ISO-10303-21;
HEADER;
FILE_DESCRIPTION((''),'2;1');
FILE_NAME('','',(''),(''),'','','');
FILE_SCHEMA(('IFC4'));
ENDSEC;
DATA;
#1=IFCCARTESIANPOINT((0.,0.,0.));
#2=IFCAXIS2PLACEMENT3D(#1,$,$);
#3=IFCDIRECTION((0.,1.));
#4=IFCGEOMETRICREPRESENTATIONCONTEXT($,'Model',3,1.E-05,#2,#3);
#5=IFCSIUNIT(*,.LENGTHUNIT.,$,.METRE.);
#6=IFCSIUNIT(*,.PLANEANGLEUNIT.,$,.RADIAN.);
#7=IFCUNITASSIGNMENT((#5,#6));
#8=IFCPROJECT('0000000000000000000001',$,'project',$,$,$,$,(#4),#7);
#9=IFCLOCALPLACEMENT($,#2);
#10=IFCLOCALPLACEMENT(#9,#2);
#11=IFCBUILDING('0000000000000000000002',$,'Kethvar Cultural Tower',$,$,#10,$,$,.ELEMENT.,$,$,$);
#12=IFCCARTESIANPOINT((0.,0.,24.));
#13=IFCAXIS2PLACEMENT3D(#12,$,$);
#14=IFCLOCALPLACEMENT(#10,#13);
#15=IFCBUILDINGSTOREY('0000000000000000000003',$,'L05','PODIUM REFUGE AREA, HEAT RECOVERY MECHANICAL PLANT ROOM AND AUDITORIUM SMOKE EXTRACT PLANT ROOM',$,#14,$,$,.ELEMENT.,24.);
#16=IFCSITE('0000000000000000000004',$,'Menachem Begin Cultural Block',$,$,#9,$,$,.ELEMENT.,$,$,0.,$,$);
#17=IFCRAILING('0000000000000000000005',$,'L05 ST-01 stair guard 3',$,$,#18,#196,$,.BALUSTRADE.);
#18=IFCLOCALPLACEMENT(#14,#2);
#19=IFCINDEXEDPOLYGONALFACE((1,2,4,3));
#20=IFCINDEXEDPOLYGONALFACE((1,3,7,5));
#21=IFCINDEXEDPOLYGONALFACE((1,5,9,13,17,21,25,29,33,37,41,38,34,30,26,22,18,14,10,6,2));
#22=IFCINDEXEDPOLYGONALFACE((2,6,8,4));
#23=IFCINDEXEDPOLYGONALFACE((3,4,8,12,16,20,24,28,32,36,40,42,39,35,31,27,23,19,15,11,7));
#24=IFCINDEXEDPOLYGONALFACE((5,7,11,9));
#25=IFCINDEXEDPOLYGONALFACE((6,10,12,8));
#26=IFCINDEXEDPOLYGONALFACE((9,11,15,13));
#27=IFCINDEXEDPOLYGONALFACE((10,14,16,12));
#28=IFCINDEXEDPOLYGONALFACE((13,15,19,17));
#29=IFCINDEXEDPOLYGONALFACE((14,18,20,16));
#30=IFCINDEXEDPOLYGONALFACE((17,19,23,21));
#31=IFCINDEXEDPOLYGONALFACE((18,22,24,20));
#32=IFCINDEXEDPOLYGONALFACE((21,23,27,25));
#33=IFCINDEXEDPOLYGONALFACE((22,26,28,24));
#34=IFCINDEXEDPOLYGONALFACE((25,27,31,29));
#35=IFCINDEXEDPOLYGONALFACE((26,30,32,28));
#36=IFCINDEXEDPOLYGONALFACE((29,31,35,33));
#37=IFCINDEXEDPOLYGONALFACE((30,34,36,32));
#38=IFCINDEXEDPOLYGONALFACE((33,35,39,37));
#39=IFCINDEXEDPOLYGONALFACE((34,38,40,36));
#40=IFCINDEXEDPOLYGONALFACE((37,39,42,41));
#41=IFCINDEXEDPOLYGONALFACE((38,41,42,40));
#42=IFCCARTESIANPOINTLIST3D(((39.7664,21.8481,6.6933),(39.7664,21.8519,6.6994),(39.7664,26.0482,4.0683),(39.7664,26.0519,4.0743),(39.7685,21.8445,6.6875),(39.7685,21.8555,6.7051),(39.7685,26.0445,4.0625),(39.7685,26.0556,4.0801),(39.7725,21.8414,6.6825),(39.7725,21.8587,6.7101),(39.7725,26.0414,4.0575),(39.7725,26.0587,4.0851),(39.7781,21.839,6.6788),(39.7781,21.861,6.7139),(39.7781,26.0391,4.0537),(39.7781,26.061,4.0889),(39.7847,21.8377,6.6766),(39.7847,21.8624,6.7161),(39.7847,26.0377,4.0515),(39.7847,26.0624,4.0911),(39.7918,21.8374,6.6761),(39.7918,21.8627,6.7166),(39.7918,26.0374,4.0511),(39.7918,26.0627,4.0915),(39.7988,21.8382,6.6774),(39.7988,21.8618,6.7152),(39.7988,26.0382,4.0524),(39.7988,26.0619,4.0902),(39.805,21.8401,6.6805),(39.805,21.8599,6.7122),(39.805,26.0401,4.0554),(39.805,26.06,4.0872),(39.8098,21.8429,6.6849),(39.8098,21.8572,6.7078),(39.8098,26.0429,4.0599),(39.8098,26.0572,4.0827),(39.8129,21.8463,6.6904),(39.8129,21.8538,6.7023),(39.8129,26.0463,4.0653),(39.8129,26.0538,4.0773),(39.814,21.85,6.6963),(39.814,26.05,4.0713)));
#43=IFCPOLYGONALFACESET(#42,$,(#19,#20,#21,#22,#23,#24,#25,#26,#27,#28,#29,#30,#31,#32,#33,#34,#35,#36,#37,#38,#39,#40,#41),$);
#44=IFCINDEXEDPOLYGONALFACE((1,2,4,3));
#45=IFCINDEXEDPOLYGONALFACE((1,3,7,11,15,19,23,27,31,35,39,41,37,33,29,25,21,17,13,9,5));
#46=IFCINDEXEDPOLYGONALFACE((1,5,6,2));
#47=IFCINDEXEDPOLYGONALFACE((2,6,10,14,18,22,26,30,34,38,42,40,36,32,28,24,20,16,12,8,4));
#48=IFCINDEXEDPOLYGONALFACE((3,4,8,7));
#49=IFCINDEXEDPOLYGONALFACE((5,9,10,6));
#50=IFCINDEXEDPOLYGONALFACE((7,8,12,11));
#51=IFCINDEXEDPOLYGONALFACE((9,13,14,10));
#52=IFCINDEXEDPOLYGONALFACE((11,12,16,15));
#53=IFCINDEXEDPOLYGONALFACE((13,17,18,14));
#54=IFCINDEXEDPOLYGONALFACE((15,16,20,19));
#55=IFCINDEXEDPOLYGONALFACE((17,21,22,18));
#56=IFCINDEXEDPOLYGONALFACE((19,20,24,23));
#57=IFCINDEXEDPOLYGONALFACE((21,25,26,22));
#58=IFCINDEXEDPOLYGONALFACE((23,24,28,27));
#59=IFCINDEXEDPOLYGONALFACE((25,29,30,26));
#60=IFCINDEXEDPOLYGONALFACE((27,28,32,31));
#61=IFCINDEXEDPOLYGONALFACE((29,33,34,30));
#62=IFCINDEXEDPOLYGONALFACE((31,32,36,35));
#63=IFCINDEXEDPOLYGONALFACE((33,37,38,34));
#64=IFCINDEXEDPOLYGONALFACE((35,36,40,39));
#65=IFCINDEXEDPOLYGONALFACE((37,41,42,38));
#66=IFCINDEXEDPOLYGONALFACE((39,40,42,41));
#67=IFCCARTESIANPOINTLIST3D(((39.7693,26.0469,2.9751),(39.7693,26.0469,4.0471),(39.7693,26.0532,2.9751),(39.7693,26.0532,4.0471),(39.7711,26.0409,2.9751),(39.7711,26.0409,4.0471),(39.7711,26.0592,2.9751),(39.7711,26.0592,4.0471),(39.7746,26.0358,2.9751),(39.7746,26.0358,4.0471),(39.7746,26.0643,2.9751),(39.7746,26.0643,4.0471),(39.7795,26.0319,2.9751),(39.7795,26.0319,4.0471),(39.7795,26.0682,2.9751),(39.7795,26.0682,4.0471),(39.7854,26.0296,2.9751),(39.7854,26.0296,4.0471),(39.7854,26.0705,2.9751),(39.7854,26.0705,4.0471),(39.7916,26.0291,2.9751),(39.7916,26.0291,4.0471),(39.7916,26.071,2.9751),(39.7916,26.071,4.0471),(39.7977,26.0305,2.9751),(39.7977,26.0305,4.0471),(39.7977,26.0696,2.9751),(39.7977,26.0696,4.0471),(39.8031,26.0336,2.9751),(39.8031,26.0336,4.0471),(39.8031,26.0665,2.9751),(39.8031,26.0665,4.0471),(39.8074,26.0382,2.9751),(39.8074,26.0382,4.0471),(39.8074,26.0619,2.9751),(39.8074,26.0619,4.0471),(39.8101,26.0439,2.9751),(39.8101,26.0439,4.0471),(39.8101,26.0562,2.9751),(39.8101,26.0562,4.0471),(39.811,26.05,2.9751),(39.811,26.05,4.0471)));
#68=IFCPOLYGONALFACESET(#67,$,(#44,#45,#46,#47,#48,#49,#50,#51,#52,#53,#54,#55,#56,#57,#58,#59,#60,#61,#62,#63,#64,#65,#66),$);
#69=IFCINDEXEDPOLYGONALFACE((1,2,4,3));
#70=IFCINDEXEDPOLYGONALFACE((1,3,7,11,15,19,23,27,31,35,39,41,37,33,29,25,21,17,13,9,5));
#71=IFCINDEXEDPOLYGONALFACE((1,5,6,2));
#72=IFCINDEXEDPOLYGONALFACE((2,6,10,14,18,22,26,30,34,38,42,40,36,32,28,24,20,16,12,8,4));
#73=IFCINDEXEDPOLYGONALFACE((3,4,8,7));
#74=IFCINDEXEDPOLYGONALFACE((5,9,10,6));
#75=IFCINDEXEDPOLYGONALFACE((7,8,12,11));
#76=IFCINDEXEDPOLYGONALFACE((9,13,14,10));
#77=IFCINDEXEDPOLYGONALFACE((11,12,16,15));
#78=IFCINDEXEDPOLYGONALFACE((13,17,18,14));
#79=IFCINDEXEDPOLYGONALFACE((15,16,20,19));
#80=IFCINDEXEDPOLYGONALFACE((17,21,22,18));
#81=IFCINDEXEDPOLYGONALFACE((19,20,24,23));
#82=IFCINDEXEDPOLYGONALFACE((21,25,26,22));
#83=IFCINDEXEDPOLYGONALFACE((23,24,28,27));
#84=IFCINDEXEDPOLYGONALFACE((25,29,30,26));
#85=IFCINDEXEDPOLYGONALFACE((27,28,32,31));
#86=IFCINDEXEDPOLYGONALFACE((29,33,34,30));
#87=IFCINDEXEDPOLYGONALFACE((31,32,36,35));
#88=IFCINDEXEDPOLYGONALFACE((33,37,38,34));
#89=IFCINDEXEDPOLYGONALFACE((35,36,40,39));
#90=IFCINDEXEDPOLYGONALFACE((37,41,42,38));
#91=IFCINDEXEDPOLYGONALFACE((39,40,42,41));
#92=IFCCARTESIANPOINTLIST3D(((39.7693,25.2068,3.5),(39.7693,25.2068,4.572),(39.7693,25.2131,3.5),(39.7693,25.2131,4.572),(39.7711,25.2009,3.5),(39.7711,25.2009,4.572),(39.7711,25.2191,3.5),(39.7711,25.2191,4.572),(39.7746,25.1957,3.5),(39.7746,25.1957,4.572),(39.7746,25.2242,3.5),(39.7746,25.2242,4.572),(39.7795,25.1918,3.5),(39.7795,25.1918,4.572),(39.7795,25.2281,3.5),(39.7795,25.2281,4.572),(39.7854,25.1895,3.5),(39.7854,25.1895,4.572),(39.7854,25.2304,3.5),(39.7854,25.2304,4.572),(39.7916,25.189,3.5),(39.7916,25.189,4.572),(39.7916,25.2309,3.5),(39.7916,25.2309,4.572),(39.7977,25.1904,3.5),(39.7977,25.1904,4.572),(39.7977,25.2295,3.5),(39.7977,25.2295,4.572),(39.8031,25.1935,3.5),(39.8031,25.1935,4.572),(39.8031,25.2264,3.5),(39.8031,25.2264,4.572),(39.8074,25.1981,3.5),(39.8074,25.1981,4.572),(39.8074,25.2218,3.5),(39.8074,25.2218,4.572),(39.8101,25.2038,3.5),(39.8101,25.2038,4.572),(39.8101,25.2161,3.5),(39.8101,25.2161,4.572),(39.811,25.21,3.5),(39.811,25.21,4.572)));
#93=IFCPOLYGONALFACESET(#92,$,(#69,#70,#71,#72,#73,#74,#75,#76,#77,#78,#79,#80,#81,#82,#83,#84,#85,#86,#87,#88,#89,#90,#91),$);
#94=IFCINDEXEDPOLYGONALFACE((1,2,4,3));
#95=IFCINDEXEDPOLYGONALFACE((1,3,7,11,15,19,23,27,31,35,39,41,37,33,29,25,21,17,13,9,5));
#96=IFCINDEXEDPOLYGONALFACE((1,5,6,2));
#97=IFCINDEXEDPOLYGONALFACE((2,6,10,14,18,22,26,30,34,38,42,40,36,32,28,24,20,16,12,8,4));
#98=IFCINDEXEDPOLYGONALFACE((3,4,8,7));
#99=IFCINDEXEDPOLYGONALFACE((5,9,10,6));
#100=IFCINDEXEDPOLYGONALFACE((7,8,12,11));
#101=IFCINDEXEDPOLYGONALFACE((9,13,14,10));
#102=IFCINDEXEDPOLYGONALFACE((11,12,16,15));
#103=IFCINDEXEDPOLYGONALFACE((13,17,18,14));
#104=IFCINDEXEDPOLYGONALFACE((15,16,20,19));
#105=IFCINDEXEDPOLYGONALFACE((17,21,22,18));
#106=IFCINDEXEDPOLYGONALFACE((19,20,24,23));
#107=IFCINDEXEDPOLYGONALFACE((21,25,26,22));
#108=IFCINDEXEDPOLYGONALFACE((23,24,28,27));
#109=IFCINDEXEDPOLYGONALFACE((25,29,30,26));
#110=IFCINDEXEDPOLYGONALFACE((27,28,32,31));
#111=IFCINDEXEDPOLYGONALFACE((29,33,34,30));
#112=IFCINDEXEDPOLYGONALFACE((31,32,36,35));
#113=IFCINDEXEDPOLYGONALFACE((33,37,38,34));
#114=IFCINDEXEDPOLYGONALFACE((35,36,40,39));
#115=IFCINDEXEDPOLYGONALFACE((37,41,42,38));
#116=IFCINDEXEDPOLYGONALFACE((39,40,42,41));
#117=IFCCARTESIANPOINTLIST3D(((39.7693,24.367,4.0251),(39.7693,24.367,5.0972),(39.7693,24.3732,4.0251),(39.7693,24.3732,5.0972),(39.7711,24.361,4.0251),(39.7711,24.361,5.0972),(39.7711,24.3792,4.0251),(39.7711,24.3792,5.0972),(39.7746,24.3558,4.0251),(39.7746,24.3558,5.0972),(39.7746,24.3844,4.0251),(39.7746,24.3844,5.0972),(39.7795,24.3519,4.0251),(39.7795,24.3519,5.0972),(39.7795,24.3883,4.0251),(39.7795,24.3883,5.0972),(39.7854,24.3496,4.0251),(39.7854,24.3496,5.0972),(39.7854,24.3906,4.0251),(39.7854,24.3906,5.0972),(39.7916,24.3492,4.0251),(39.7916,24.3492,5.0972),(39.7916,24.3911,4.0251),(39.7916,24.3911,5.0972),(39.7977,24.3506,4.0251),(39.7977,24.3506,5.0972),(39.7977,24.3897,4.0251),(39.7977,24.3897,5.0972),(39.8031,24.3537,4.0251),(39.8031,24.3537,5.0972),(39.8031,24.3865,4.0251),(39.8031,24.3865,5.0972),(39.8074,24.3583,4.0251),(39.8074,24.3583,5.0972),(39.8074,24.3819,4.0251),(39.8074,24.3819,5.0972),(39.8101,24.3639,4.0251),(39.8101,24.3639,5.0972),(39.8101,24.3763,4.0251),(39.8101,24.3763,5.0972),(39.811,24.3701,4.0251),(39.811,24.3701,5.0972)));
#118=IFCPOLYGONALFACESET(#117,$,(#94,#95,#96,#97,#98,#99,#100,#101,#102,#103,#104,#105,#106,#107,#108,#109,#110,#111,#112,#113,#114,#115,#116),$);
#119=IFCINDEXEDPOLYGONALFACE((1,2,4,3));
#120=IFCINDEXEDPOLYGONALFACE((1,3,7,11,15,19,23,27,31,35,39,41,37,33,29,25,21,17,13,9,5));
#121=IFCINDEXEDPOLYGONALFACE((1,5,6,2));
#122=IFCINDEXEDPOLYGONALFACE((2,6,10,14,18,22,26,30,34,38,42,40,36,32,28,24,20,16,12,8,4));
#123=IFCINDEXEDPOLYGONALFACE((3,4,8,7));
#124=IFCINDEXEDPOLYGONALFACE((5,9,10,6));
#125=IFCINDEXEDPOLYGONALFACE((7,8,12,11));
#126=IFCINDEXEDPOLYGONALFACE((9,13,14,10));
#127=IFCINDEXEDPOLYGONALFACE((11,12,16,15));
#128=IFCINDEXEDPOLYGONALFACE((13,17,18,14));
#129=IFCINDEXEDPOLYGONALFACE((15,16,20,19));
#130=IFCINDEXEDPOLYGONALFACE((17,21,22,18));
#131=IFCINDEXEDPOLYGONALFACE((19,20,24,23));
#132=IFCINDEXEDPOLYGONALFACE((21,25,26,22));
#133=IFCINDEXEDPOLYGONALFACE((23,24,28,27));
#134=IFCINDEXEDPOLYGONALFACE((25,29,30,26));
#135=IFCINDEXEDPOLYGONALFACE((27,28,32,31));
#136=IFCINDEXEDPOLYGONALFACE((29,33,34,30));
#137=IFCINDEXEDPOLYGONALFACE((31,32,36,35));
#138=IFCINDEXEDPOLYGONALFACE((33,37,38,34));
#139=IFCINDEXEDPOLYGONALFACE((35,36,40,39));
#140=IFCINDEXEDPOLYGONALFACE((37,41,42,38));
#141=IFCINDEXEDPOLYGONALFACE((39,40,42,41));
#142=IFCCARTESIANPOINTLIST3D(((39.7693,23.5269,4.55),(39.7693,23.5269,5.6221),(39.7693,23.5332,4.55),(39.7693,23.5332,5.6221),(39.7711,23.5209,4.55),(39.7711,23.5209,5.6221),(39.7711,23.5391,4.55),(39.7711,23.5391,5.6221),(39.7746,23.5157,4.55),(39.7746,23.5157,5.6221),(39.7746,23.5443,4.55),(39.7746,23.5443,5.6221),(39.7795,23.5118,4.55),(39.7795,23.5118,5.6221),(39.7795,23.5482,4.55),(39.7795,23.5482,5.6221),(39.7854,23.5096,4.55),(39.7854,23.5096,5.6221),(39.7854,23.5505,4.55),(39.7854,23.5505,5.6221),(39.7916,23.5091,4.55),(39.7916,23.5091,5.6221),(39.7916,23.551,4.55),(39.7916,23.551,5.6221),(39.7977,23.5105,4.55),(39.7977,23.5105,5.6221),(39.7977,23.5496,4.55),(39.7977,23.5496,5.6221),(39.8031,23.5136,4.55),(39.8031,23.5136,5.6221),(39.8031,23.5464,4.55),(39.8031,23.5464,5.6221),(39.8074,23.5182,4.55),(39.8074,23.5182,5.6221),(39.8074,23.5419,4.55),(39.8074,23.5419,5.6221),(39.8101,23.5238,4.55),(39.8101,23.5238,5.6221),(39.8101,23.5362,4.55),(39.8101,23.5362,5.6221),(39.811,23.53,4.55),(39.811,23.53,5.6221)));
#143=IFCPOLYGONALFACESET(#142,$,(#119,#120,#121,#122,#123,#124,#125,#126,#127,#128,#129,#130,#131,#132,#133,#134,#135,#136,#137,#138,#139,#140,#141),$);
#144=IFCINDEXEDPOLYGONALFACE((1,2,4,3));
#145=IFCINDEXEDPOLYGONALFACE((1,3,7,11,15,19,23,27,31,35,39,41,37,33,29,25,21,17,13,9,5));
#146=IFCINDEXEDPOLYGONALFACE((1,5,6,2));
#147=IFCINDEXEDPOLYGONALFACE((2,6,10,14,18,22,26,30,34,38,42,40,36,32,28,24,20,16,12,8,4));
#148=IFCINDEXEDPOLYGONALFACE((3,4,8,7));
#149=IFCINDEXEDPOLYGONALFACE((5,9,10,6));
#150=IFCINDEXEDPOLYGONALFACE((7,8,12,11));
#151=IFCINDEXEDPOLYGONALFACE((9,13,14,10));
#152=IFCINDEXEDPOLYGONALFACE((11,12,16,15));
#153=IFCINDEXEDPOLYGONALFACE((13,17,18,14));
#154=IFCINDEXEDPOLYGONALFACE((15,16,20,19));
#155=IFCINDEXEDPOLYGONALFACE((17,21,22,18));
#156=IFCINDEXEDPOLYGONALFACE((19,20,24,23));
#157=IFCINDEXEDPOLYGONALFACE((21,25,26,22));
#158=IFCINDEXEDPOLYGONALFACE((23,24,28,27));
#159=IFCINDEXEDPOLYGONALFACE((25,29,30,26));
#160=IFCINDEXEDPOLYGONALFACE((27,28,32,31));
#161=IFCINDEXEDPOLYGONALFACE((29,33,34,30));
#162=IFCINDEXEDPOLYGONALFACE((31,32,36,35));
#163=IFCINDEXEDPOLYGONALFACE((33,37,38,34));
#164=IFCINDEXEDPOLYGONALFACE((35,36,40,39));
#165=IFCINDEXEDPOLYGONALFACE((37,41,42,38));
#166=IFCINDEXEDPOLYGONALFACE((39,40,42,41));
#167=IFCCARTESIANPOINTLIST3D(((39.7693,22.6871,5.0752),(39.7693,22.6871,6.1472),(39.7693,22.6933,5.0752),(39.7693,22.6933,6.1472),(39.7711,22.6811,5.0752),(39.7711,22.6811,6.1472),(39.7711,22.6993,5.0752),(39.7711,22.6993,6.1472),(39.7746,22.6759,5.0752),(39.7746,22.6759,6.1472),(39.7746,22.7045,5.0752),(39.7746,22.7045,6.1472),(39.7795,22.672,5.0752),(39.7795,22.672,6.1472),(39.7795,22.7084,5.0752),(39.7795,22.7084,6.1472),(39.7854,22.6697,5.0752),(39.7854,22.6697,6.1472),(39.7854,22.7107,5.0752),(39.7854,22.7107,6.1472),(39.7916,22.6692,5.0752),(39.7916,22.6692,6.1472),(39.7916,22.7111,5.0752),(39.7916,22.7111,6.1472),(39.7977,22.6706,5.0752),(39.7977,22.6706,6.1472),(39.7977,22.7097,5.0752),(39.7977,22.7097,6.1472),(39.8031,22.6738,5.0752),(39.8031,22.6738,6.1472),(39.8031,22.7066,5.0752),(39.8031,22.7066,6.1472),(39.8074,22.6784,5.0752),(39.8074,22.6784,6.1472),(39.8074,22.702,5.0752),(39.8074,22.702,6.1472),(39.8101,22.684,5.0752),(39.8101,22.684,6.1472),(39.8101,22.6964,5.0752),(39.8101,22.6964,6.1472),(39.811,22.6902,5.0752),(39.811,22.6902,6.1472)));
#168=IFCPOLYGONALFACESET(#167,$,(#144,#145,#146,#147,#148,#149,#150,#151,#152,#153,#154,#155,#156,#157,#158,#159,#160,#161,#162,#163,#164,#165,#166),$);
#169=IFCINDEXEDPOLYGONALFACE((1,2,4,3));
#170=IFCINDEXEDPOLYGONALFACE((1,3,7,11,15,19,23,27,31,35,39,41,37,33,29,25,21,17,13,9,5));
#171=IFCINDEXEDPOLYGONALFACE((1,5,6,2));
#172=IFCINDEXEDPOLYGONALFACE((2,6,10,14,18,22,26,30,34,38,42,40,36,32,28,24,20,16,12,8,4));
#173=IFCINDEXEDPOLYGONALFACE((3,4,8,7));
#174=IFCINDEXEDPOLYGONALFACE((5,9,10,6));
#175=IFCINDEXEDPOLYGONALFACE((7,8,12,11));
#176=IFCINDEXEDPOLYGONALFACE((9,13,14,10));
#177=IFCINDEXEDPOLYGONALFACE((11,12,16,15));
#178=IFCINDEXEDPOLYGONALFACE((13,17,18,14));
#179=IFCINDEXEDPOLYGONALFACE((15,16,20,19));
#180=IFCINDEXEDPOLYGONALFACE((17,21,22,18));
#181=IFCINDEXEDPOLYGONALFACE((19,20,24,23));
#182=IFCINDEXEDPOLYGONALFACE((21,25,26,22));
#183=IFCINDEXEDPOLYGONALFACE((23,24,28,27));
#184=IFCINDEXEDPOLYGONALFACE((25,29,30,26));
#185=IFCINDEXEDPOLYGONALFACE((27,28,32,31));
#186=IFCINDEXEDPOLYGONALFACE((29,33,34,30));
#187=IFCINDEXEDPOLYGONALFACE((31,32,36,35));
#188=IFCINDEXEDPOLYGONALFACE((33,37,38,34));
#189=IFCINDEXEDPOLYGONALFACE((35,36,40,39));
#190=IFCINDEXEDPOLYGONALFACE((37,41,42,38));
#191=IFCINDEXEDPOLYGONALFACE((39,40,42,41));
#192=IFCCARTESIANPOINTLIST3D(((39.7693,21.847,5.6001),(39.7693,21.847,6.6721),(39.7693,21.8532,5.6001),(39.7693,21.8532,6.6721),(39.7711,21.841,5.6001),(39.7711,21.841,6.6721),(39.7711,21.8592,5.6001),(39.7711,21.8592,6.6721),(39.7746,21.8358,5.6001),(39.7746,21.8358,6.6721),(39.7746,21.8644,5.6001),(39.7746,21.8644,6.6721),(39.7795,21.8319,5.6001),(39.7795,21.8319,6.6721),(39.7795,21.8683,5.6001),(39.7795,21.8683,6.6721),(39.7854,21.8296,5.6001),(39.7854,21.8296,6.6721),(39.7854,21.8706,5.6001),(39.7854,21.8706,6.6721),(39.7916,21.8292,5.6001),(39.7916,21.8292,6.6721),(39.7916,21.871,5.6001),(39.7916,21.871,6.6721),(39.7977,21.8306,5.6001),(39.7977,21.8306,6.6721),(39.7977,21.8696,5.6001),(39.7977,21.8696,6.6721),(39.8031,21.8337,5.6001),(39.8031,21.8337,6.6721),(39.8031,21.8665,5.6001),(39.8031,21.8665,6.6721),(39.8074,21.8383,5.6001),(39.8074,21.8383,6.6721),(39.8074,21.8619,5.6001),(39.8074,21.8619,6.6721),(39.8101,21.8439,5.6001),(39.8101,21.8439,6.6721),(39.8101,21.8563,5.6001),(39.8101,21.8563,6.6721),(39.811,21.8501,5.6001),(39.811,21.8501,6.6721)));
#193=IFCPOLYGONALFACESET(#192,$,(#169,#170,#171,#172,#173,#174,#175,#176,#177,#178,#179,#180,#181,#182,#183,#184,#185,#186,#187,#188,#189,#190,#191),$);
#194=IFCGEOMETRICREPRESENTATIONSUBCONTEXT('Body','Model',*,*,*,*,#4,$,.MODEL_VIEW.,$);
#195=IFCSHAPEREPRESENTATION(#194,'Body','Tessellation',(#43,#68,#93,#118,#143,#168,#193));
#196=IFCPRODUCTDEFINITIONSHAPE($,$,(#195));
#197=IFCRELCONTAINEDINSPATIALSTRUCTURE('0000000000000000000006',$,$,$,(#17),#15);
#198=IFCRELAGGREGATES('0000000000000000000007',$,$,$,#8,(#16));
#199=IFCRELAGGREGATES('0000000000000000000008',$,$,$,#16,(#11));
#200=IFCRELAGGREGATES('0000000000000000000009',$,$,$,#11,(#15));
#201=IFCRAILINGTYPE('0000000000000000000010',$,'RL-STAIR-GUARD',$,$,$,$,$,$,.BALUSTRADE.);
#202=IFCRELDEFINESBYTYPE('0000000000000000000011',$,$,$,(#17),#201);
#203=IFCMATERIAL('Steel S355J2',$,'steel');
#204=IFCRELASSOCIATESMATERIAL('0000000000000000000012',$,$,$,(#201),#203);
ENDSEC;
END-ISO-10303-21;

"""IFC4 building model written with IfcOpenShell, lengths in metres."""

from ifc_helpers import new_model, si_unit, direction, frame, origin, origin_2d, place, context, subcontext, project, spatial, circle, extrude, material, type_object, element, save


model = new_model("IFC4")

# Units and contexts
model_context = context("Model", 3, precision=1e-05, world=origin(), true_north=direction((0.0, 1.0)))
body_context = subcontext(model_context, "Body", "Model", "MODEL_VIEW")
ifc_project = project(units=[si_unit("LENGTHUNIT", "METRE"), si_unit("PLANEANGLEUNIT", "RADIAN")], contexts=[model_context])

# Site, building, storey
site_placement = place(None, origin())
site = spatial("IfcSite", under=ifc_project, at=site_placement, Name="Menachem Begin Cultural Block", CompositionType="ELEMENT", RefElevation=0.0)
building_placement = place(site_placement, origin())
building = spatial("IfcBuilding", under=site, at=building_placement, Name="Kethvar Cultural Tower", CompositionType="ELEMENT")
storey_placement = place(building_placement, frame((0.0, 0.0, 24.0)))
storey = spatial("IfcBuildingStorey", under=building, at=storey_placement, Name="L05", Description="PODIUM REFUGE AREA, HEAT RECOVERY MECHANICAL PLANT ROOM AND AUDITORIUM SMOKE EXTRACT PLANT ROOM", CompositionType="ELEMENT", Elevation=24.0)

# Shared definitions
ifc_material_1 = material(Name="Steel S355J2", Category="steel")

# Railing
railing_type_1 = type_object("IfcRailingType", Name="RL-STAIR-GUARD", PredefinedType="BALUSTRADE", material=ifc_material_1)
railing_1_placement = place(storey_placement, frame((39.79, 26.05, 2.9751)))
element("IfcRailing", 1, at=railing_1_placement, inside=storey, type_object=railing_type_1, Name="L05 ST-01 stair guard 3", PredefinedType="BALUSTRADE", context=body_context, shape_type="SweptSolid", body=[
    extrude(circle(Radius=0.0239, at=origin_2d()), frame((0.0, 0.0, 1.0962), z_axis=(0.0, -0.847996, 0.530003), x_axis=(1.0, 0.0, 0.0)), (0.0, 0.0, 1.0), 4.9529),
    extrude(circle(Radius=0.021, at=origin_2d()), origin(), (0.0, 0.0, 1.0), 1.072),
    extrude(circle(Radius=0.021, at=origin_2d()), frame((0.0, -0.8401, 0.5249)), (0.0, 0.0, 1.0), 1.072),
    extrude(circle(Radius=0.021, at=origin_2d()), frame((0.0, -1.6799, 1.05)), (0.0, 0.0, 1.0), 1.072),
    extrude(circle(Radius=0.021, at=origin_2d()), frame((0.0, -2.52, 1.575)), (0.0, 0.0, 1.0), 1.072),
    extrude(circle(Radius=0.021, at=origin_2d()), frame((0.0, -3.3599, 2.1001)), (0.0, 0.0, 1.0), 1.072),
    extrude(circle(Radius=0.021, at=origin_2d()), frame((0.0, -4.2, 2.625)), (0.0, 0.0, 1.0), 1.072),
])

save(model, "model.ifc")
